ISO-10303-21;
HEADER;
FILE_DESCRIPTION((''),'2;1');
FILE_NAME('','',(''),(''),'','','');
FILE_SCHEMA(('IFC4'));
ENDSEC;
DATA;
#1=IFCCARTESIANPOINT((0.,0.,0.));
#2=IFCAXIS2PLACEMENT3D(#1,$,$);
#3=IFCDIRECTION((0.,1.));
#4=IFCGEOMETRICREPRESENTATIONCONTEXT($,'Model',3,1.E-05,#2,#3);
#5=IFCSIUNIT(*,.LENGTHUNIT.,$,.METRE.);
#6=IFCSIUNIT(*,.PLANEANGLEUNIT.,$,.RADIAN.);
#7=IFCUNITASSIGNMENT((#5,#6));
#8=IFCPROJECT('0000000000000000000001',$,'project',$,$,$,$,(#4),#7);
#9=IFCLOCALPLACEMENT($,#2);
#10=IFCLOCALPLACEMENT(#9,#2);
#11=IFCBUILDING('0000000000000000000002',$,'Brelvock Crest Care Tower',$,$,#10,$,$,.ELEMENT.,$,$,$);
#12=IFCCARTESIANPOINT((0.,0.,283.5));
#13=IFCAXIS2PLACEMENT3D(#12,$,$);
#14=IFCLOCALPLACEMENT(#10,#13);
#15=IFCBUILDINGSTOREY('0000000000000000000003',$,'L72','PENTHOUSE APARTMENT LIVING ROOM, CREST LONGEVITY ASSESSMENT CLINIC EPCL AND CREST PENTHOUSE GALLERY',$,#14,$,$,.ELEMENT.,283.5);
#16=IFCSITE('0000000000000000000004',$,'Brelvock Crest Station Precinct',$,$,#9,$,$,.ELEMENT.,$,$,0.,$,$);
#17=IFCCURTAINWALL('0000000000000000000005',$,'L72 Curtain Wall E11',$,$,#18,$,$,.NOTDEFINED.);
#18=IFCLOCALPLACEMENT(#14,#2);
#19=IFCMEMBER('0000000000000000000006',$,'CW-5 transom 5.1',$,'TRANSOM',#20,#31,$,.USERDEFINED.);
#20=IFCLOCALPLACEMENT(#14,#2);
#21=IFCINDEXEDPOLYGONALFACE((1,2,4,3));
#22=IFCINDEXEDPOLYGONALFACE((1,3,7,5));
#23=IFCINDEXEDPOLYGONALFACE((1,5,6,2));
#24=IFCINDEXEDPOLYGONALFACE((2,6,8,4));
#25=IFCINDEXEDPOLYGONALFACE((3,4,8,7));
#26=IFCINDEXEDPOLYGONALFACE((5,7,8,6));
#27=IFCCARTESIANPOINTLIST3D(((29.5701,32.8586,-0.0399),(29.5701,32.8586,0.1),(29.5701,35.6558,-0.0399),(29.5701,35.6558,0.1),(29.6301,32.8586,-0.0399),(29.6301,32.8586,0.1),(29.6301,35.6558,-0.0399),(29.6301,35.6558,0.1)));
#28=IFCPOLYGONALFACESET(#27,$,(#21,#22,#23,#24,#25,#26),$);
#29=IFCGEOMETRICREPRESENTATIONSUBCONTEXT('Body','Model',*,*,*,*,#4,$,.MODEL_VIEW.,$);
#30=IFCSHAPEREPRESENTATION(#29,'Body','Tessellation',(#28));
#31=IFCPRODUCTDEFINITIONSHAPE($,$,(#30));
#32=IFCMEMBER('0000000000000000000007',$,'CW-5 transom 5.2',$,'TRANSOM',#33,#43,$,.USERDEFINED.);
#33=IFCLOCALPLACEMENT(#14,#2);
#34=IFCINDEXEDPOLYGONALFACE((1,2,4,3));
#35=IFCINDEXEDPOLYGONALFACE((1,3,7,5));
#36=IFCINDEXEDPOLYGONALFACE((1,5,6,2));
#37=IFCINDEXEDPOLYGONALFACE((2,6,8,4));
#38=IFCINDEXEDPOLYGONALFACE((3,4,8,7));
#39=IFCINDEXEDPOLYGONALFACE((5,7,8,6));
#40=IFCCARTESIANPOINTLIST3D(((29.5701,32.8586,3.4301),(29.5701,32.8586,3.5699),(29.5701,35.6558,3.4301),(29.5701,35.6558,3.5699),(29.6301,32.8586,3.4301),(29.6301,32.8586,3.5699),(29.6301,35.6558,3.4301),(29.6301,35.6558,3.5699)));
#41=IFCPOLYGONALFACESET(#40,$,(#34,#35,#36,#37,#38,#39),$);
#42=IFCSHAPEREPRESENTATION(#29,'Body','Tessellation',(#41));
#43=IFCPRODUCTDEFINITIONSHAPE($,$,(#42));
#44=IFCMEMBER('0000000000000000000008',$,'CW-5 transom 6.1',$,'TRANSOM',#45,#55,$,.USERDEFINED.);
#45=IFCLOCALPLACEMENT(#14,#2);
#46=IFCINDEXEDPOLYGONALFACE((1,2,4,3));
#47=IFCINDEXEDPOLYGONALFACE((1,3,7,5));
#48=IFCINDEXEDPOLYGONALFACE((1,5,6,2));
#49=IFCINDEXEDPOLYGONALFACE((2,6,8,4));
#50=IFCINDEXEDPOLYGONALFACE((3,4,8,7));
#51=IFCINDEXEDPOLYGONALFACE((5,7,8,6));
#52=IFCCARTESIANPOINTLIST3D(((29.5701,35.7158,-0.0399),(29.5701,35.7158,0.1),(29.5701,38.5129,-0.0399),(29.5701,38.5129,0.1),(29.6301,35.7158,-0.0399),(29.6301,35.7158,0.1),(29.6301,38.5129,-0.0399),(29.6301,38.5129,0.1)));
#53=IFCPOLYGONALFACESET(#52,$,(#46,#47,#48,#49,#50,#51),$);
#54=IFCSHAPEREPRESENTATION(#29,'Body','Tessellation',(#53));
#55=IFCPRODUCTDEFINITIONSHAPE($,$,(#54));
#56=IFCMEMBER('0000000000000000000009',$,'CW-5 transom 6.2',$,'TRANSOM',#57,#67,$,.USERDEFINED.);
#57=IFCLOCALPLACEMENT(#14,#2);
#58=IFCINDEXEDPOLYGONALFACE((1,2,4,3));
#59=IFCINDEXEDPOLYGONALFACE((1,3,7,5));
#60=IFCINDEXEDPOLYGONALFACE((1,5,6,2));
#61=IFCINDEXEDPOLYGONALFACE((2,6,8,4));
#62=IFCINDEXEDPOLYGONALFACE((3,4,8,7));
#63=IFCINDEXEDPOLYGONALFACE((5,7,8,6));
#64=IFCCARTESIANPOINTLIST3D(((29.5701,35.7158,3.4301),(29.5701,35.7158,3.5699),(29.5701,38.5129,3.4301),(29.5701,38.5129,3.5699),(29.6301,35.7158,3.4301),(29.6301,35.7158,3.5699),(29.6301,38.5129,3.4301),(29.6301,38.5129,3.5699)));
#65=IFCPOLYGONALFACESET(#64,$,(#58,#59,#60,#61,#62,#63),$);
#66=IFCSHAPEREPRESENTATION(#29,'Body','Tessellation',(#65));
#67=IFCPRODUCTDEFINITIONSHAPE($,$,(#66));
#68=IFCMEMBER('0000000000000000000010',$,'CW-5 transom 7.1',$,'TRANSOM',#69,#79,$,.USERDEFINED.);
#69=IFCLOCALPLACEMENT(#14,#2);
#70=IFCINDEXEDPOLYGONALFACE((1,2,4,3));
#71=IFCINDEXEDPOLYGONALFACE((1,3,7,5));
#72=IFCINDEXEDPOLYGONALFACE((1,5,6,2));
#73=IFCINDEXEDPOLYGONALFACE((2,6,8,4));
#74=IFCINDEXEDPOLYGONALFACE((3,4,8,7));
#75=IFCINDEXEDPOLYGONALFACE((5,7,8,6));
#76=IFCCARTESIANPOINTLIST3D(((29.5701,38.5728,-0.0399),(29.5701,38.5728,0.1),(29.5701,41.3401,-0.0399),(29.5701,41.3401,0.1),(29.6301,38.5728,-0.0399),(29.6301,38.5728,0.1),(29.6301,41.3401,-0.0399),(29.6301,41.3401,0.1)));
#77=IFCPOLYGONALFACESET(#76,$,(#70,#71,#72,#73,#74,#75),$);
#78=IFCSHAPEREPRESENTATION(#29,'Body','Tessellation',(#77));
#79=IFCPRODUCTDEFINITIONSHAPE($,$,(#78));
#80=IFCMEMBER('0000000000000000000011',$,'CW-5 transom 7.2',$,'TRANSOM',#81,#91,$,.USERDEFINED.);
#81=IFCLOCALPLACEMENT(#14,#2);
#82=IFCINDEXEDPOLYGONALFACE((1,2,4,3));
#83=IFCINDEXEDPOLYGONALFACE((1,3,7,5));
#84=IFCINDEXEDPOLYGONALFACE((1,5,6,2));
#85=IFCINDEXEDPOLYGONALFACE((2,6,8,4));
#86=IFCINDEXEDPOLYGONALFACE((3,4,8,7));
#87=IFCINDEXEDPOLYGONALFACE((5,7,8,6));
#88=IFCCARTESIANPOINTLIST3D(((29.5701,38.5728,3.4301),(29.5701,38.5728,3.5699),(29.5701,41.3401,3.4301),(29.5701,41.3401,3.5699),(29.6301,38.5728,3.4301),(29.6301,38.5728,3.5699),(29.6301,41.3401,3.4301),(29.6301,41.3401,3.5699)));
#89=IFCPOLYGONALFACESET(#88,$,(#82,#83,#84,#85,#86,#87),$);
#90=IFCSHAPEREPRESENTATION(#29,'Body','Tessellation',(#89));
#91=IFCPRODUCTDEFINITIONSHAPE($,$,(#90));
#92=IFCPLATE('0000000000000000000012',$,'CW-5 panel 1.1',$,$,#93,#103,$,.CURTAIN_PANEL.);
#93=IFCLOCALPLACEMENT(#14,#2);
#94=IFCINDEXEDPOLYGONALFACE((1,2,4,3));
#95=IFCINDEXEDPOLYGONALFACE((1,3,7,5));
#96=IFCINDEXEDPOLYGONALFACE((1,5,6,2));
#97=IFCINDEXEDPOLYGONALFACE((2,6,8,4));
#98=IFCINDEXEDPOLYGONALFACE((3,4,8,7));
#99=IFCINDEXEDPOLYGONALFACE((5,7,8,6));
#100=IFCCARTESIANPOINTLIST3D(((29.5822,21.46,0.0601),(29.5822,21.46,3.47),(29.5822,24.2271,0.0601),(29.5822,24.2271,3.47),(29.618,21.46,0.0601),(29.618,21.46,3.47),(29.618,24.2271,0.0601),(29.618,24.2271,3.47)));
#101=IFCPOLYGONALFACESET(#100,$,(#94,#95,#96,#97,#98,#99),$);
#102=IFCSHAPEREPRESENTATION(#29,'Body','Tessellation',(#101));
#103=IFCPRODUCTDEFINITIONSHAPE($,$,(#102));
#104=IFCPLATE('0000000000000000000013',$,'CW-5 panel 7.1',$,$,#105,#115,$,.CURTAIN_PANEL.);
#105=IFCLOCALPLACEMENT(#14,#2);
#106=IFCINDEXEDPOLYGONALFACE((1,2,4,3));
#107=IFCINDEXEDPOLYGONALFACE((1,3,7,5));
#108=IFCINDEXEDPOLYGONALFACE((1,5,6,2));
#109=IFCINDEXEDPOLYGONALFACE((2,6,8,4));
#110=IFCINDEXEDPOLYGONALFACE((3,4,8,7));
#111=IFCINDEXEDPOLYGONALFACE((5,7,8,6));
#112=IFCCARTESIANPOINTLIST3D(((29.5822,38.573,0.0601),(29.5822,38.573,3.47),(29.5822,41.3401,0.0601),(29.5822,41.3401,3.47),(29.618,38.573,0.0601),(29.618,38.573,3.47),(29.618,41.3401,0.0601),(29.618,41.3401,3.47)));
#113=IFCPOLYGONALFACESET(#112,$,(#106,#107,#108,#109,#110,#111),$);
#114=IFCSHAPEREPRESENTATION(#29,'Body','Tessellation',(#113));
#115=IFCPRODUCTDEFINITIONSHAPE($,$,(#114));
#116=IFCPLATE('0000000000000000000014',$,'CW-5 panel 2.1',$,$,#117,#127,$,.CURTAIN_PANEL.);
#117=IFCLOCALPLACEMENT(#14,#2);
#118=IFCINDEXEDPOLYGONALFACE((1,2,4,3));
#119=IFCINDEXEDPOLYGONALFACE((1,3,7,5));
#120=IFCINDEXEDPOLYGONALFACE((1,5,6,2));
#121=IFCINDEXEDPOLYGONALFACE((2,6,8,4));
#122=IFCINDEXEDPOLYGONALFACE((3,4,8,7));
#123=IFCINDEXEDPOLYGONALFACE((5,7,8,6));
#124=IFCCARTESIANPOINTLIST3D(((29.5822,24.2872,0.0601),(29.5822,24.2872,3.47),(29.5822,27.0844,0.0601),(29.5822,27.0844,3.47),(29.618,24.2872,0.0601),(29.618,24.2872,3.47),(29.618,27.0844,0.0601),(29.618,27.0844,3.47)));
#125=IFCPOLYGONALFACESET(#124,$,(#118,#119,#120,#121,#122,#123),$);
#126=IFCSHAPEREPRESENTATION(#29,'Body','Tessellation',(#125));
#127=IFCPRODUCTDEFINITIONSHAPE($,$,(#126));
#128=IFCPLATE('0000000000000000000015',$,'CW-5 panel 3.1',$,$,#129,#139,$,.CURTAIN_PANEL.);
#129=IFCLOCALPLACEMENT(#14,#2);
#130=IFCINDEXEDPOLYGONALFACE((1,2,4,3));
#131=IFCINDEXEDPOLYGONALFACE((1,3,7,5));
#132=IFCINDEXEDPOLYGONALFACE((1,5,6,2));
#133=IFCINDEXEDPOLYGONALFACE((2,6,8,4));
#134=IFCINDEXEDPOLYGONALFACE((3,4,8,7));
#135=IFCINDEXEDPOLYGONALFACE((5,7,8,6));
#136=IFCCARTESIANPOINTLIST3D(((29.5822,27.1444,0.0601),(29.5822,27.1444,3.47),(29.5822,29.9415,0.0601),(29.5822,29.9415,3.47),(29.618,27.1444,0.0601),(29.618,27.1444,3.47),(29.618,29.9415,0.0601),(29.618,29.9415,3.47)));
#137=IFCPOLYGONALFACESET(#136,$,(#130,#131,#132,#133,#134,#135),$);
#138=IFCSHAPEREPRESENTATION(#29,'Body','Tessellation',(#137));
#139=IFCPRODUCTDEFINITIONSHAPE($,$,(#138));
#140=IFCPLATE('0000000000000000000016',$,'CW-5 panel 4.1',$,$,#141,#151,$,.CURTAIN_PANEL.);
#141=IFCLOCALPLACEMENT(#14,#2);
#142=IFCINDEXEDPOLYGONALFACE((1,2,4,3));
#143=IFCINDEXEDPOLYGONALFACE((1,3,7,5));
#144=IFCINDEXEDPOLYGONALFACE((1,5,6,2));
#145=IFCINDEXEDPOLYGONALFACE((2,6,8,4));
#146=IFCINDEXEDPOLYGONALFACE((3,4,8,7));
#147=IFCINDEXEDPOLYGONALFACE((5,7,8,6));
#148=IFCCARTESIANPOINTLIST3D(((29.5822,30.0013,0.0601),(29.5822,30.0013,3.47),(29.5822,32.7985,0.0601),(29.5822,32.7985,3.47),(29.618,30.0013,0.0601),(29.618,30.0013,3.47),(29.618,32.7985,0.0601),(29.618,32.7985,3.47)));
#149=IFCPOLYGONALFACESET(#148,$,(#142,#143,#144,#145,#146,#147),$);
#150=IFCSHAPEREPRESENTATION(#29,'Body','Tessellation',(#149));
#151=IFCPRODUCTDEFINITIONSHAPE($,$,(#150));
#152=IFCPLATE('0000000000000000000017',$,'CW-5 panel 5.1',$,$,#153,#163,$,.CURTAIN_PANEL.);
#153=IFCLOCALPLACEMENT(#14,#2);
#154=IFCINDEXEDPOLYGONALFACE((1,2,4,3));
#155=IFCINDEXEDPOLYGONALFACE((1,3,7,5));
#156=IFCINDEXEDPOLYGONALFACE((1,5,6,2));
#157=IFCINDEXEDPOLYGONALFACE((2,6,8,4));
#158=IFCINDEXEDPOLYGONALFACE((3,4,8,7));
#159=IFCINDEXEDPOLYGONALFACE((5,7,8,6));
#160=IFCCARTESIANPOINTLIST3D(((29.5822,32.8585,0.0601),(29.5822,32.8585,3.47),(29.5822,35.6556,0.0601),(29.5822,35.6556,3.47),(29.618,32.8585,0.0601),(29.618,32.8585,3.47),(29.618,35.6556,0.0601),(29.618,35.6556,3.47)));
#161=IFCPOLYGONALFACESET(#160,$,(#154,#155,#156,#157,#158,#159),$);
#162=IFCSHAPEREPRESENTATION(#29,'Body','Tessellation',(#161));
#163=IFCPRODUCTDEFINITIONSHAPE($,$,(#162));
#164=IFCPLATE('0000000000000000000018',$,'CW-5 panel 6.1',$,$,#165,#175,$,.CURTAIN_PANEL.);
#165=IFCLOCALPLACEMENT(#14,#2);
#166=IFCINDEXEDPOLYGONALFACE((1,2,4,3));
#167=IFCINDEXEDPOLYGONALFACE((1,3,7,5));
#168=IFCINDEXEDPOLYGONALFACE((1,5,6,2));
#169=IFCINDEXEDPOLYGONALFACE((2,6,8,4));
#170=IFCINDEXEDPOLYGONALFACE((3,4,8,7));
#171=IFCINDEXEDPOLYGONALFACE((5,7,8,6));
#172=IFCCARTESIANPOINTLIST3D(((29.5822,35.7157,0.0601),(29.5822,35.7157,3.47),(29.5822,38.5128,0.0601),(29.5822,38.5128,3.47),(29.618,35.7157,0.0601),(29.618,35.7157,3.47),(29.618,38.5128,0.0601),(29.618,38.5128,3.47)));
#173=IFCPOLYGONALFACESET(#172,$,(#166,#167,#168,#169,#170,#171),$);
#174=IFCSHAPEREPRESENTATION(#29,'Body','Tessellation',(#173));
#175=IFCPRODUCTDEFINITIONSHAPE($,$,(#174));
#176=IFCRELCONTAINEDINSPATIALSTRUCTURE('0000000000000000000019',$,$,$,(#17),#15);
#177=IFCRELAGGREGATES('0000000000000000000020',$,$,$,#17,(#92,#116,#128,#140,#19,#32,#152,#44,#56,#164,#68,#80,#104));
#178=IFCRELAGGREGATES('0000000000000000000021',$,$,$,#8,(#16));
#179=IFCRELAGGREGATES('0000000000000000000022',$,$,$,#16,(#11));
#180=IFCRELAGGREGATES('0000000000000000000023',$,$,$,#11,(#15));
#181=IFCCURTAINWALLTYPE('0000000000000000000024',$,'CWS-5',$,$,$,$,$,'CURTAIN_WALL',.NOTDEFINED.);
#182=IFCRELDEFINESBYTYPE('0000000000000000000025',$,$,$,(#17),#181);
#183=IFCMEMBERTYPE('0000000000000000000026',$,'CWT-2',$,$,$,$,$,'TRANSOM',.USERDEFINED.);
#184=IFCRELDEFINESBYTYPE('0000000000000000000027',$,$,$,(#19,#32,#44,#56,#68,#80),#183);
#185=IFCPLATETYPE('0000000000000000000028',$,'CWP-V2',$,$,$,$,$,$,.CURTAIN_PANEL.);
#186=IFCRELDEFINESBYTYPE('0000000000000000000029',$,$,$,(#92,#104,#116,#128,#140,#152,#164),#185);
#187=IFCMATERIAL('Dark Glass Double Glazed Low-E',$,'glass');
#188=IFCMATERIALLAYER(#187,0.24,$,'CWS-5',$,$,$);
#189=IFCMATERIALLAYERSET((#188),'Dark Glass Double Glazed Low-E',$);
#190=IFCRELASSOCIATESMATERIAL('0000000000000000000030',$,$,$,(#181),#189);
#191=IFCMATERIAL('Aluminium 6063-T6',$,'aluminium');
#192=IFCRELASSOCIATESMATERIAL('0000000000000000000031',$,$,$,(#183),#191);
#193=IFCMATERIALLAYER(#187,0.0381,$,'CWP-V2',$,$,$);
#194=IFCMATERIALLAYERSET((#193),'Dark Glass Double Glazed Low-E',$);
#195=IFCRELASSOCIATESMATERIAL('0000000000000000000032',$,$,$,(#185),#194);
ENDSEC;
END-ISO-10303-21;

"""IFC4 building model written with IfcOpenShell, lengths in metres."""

from ifc_helpers import new_model, si_unit, direction, frame, origin, origin_2d, place, context, subcontext, project, spatial, rectangle, extrude, source, transform, mapped, material, layer, layer_set, material_profile, profile_set, type_object, element, aggregate, save


model = new_model("IFC4")

# Units and contexts
model_context = context("Model", 3, precision=1e-05, world=origin(), true_north=direction((0.0, 1.0)))
body_context = subcontext(model_context, "Body", "Model", "MODEL_VIEW")
ifc_project = project(units=[si_unit("LENGTHUNIT", "METRE"), si_unit("PLANEANGLEUNIT", "RADIAN")], contexts=[model_context])

# Site, building, storey
site_placement = place(None, origin())
site = spatial("IfcSite", under=ifc_project, at=site_placement, Name="Brelvock Crest Station Precinct", CompositionType="ELEMENT", RefElevation=0.0)
building_placement = place(site_placement, origin())
building = spatial("IfcBuilding", under=site, at=building_placement, Name="Brelvock Crest Care Tower", CompositionType="ELEMENT")
storey_placement = place(building_placement, frame((0.0, 0.0, 283.5)))
storey = spatial("IfcBuildingStorey", under=building, at=storey_placement, Name="L72", Description="PENTHOUSE APARTMENT LIVING ROOM, CREST LONGEVITY ASSESSMENT CLINIC EPCL AND CREST PENTHOUSE GALLERY", CompositionType="ELEMENT", Elevation=283.5)

# Curtain wall, members, plates
ifc_material_1 = material(Name="Dark Glass Double Glazed Low-E", Category="glass")
ifc_layer_1 = layer(ifc_material_1, 0.24, Name="CWS-5")
ifc_layer_set_1 = layer_set([ifc_layer_1], Name="Dark Glass Double Glazed Low-E")
curtain_wall_type = type_object("IfcCurtainWallType", Name="CWS-5", ElementType="CURTAIN_WALL", PredefinedType="NOTDEFINED", material=ifc_layer_set_1)
curtain_wall_placement = place(storey_placement, origin())
curtain_wall = element("IfcCurtainWall", 1, at=curtain_wall_placement, inside=storey, type_object=curtain_wall_type, Name="L72 Curtain Wall E11", PredefinedType="NOTDEFINED")
ifc_material_2 = material(Name="Aluminium 6063-T6", Category="aluminium")
ifc_material_profile_1 = material_profile(ifc_material_2, rectangle(XDim=0.0601, YDim=0.1399, at=origin_2d()), Name="ALU60x140")
ifc_profile_set_1 = profile_set([ifc_material_profile_1], Name="Aluminium 6063-T6")
member_type_1 = type_object("IfcMemberType", Name="CWT-2", ElementType="TRANSOM", PredefinedType="USERDEFINED", material=ifc_profile_set_1)
shared_shape_1 = source(origin(), body_context, "Body", "SweptSolid", [
    extrude(rectangle(XDim=0.0601, YDim=0.1399, at=origin_2d()), origin(), (0.0, 0.0, 1.0), 2.7971),
])
member_1_placement = place(storey_placement, frame((29.6001, 32.8586, 0.03), z_axis=(0.0, 1.0, 0.0), x_axis=(-1.0, 0.0, 0.0)))
member_1 = element("IfcMember", 2, at=member_1_placement, type_object=member_type_1, Name="CW-5 transom 5.1", ObjectType="TRANSOM", PredefinedType="USERDEFINED", context=body_context, shape_type="MappedRepresentation", body=[
    mapped(shared_shape_1, transform((0.0, 0.0, 0.0), x_axis=(1.0, 0.0, 0.0), y_axis=(0.0, 1.0, 0.0), z_axis=(0.0, 0.0, 1.0), scale=1.0)),
])
member_2_placement = place(storey_placement, frame((29.6001, 32.8586, 3.5), z_axis=(0.0, 1.0, 0.0), x_axis=(-1.0, 0.0, 0.0)))
member_2 = element("IfcMember", 3, at=member_2_placement, type_object=member_type_1, Name="CW-5 transom 5.2", ObjectType="TRANSOM", PredefinedType="USERDEFINED", context=body_context, shape_type="MappedRepresentation", body=[
    mapped(shared_shape_1, transform((0.0, 0.0, 0.0), x_axis=(1.0, 0.0, 0.0), y_axis=(0.0, 1.0, 0.0), z_axis=(0.0, 0.0, 1.0), scale=1.0)),
])
member_3_placement = place(storey_placement, frame((29.6001, 35.7158, 0.03), z_axis=(0.0, 1.0, 0.0), x_axis=(-1.0, 0.0, 0.0)))
member_3 = element("IfcMember", 4, at=member_3_placement, type_object=member_type_1, Name="CW-5 transom 6.1", ObjectType="TRANSOM", PredefinedType="USERDEFINED", context=body_context, shape_type="MappedRepresentation", body=[
    mapped(shared_shape_1, transform((0.0, 0.0, 0.0), x_axis=(1.0, 0.0, 0.0), y_axis=(0.0, 1.0, 0.0), z_axis=(0.0, 0.0, 1.0), scale=1.0)),
])
member_4_placement = place(storey_placement, frame((29.6001, 35.7158, 3.5), z_axis=(0.0, 1.0, 0.0), x_axis=(-1.0, 0.0, 0.0)))
member_4 = element("IfcMember", 5, at=member_4_placement, type_object=member_type_1, Name="CW-5 transom 6.2", ObjectType="TRANSOM", PredefinedType="USERDEFINED", context=body_context, shape_type="MappedRepresentation", body=[
    mapped(shared_shape_1, transform((0.0, 0.0, 0.0), x_axis=(1.0, 0.0, 0.0), y_axis=(0.0, 1.0, 0.0), z_axis=(0.0, 0.0, 1.0), scale=1.0)),
])
shared_shape_2 = source(origin(), body_context, "Body", "SweptSolid", [
    extrude(rectangle(XDim=0.0601, YDim=0.1399, at=origin_2d()), origin(), (0.0, 0.0, 1.0), 2.7673),
])
member_5_placement = place(storey_placement, frame((29.6001, 38.5728, 0.03), z_axis=(0.0, 1.0, 0.0), x_axis=(-1.0, 0.0, 0.0)))
member_5 = element("IfcMember", 6, at=member_5_placement, type_object=member_type_1, Name="CW-5 transom 7.1", ObjectType="TRANSOM", PredefinedType="USERDEFINED", context=body_context, shape_type="MappedRepresentation", body=[
    mapped(shared_shape_2, transform((0.0, 0.0, 0.0), x_axis=(1.0, 0.0, 0.0), y_axis=(0.0, 1.0, 0.0), z_axis=(0.0, 0.0, 1.0), scale=1.0)),
])
member_6_placement = place(storey_placement, frame((29.6001, 38.5728, 3.5), z_axis=(0.0, 1.0, 0.0), x_axis=(-1.0, 0.0, 0.0)))
member_6 = element("IfcMember", 7, at=member_6_placement, type_object=member_type_1, Name="CW-5 transom 7.2", ObjectType="TRANSOM", PredefinedType="USERDEFINED", context=body_context, shape_type="MappedRepresentation", body=[
    mapped(shared_shape_2, transform((0.0, 0.0, 0.0), x_axis=(1.0, 0.0, 0.0), y_axis=(0.0, 1.0, 0.0), z_axis=(0.0, 0.0, 1.0), scale=1.0)),
])
ifc_layer_2 = layer(ifc_material_1, 0.0381, Name="CWP-V2")
ifc_layer_set_2 = layer_set([ifc_layer_2], Name="Dark Glass Double Glazed Low-E")
plate_type = type_object("IfcPlateType", Name="CWP-V2", PredefinedType="CURTAIN_PANEL", material=ifc_layer_set_2)
shared_shape_3 = source(origin(), body_context, "Body", "SweptSolid", [
    extrude(rectangle(XDim=2.7671, YDim=0.0359, at=origin_2d()), origin(), (0.0, 0.0, 1.0), 3.4099),
])
plate_1_placement = place(storey_placement, frame((29.6001, 22.8435, 0.0601), z_axis=(0.0, 0.0, 1.0), x_axis=(0.0, 1.0, 0.0)))
plate_1 = element("IfcPlate", 8, at=plate_1_placement, type_object=plate_type, Name="CW-5 panel 1.1", PredefinedType="CURTAIN_PANEL", context=body_context, shape_type="MappedRepresentation", body=[
    mapped(shared_shape_3, transform((0.0, 0.0, 0.0), x_axis=(1.0, 0.0, 0.0), y_axis=(0.0, 1.0, 0.0), z_axis=(0.0, 0.0, 1.0), scale=1.0)),
])
plate_2_placement = place(storey_placement, frame((29.6001, 39.9565, 0.0601), z_axis=(0.0, 0.0, 1.0), x_axis=(0.0, 1.0, 0.0)))
plate_2 = element("IfcPlate", 9, at=plate_2_placement, type_object=plate_type, Name="CW-5 panel 7.1", PredefinedType="CURTAIN_PANEL", context=body_context, shape_type="MappedRepresentation", body=[
    mapped(shared_shape_3, transform((0.0, 0.0, 0.0), x_axis=(1.0, 0.0, 0.0), y_axis=(0.0, 1.0, 0.0), z_axis=(0.0, 0.0, 1.0), scale=1.0)),
])
shared_shape_4 = source(origin(), body_context, "Body", "SweptSolid", [
    extrude(rectangle(XDim=2.7971, YDim=0.0359, at=origin_2d()), origin(), (0.0, 0.0, 1.0), 3.4099),
])
plate_3_placement = place(storey_placement, frame((29.6001, 25.6858, 0.0601), z_axis=(0.0, 0.0, 1.0), x_axis=(0.0, 1.0, 0.0)))
plate_3 = element("IfcPlate", 10, at=plate_3_placement, type_object=plate_type, Name="CW-5 panel 2.1", PredefinedType="CURTAIN_PANEL", context=body_context, shape_type="MappedRepresentation", body=[
    mapped(shared_shape_4, transform((0.0, 0.0, 0.0), x_axis=(1.0, 0.0, 0.0), y_axis=(0.0, 1.0, 0.0), z_axis=(0.0, 0.0, 1.0), scale=1.0)),
])
plate_4_placement = place(storey_placement, frame((29.6001, 28.543, 0.0601), z_axis=(0.0, 0.0, 1.0), x_axis=(0.0, 1.0, 0.0)))
plate_4 = element("IfcPlate", 11, at=plate_4_placement, type_object=plate_type, Name="CW-5 panel 3.1", PredefinedType="CURTAIN_PANEL", context=body_context, shape_type="MappedRepresentation", body=[
    mapped(shared_shape_4, transform((0.0, 0.0, 0.0), x_axis=(1.0, 0.0, 0.0), y_axis=(0.0, 1.0, 0.0), z_axis=(0.0, 0.0, 1.0), scale=1.0)),
])
plate_5_placement = place(storey_placement, frame((29.6001, 31.3999, 0.0601), z_axis=(0.0, 0.0, 1.0), x_axis=(0.0, 1.0, 0.0)))
plate_5 = element("IfcPlate", 12, at=plate_5_placement, type_object=plate_type, Name="CW-5 panel 4.1", PredefinedType="CURTAIN_PANEL", context=body_context, shape_type="MappedRepresentation", body=[
    mapped(shared_shape_4, transform((0.0, 0.0, 0.0), x_axis=(1.0, 0.0, 0.0), y_axis=(0.0, 1.0, 0.0), z_axis=(0.0, 0.0, 1.0), scale=1.0)),
])
plate_6_placement = place(storey_placement, frame((29.6001, 34.2571, 0.0601), z_axis=(0.0, 0.0, 1.0), x_axis=(0.0, 1.0, 0.0)))
plate_6 = element("IfcPlate", 13, at=plate_6_placement, type_object=plate_type, Name="CW-5 panel 5.1", PredefinedType="CURTAIN_PANEL", context=body_context, shape_type="MappedRepresentation", body=[
    mapped(shared_shape_4, transform((0.0, 0.0, 0.0), x_axis=(1.0, 0.0, 0.0), y_axis=(0.0, 1.0, 0.0), z_axis=(0.0, 0.0, 1.0), scale=1.0)),
])
plate_7_placement = place(storey_placement, frame((29.6001, 37.1143, 0.0601), z_axis=(0.0, 0.0, 1.0), x_axis=(0.0, 1.0, 0.0)))
plate_7 = element("IfcPlate", 14, at=plate_7_placement, type_object=plate_type, Name="CW-5 panel 6.1", PredefinedType="CURTAIN_PANEL", context=body_context, shape_type="MappedRepresentation", body=[
    mapped(shared_shape_4, transform((0.0, 0.0, 0.0), x_axis=(1.0, 0.0, 0.0), y_axis=(0.0, 1.0, 0.0), z_axis=(0.0, 0.0, 1.0), scale=1.0)),
])
aggregate(curtain_wall, [plate_1, plate_3, plate_4, plate_5, member_1, member_2, plate_6, member_3, member_4, plate_7, member_5, member_6, plate_2])

save(model, "model.ifc")
